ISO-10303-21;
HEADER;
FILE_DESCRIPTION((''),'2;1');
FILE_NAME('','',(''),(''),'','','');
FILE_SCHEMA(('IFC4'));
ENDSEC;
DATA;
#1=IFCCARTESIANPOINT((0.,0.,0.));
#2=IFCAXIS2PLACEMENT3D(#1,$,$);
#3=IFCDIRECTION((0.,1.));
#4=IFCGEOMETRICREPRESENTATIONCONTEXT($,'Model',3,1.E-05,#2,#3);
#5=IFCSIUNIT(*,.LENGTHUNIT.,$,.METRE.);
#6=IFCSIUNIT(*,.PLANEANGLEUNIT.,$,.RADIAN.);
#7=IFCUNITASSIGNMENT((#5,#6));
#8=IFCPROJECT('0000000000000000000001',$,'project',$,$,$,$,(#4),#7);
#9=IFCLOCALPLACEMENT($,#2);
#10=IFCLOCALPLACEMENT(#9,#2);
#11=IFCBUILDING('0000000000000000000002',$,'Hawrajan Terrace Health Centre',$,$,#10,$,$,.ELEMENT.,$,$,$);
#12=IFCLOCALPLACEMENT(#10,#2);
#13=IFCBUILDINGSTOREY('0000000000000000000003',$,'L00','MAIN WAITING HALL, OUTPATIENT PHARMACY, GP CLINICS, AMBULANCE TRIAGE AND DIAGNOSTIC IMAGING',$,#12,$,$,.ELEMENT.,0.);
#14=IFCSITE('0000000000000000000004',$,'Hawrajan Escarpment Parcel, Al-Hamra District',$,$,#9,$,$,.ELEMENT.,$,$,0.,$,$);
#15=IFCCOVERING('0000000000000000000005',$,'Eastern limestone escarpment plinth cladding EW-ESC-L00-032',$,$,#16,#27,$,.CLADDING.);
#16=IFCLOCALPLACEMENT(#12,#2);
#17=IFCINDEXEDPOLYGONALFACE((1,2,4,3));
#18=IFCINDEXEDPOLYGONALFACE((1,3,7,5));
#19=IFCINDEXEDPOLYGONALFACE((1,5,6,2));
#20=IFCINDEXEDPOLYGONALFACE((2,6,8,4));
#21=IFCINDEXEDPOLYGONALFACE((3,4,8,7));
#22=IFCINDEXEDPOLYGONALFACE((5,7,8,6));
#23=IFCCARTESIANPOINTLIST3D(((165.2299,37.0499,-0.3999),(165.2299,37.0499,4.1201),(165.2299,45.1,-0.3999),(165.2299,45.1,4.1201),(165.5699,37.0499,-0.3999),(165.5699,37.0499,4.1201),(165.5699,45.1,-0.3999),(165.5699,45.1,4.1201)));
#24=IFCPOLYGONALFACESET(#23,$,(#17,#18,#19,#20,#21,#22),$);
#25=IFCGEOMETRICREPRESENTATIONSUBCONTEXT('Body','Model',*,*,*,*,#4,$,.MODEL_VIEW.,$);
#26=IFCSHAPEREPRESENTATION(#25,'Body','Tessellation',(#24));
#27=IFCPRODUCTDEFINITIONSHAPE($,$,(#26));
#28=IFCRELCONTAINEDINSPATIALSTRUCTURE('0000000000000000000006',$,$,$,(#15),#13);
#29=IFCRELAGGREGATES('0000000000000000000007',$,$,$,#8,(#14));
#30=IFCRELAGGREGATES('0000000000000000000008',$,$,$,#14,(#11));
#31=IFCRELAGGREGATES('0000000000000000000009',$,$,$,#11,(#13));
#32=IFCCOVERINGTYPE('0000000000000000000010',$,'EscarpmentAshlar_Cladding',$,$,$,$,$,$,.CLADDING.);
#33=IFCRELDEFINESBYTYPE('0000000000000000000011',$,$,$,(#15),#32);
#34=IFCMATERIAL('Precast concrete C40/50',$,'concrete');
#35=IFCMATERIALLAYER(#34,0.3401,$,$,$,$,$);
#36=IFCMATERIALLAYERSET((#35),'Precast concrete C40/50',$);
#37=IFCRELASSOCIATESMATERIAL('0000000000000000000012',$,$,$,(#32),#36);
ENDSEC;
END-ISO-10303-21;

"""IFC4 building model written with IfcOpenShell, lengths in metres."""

from ifc_helpers import new_model, si_unit, direction, frame, frame_2d, origin, place, context, subcontext, project, spatial, rectangle, extrude, material, layer, layer_set, type_object, element, save


model = new_model("IFC4")

# Units and contexts
model_context = context("Model", 3, precision=1e-05, world=origin(), true_north=direction((0.0, 1.0)))
body_context = subcontext(model_context, "Body", "Model", "MODEL_VIEW")
ifc_project = project(units=[si_unit("LENGTHUNIT", "METRE"), si_unit("PLANEANGLEUNIT", "RADIAN")], contexts=[model_context])

# Site, building, storey
site_placement = place(None, origin())
site = spatial("IfcSite", under=ifc_project, at=site_placement, Name="Hawrajan Escarpment Parcel, Al-Hamra District", CompositionType="ELEMENT", RefElevation=0.0)
building_placement = place(site_placement, origin())
building = spatial("IfcBuilding", under=site, at=building_placement, Name="Hawrajan Terrace Health Centre", CompositionType="ELEMENT")
storey_placement = place(building_placement, origin())
storey = spatial("IfcBuildingStorey", under=building, at=storey_placement, Name="L00", Description="MAIN WAITING HALL, OUTPATIENT PHARMACY, GP CLINICS, AMBULANCE TRIAGE AND DIAGNOSTIC IMAGING", CompositionType="ELEMENT", Elevation=0.0)

# Covering
ifc_material_1 = material(Name="Precast concrete C40/50", Category="concrete")
ifc_layer_1 = layer(ifc_material_1, 0.3401)
ifc_layer_set_1 = layer_set([ifc_layer_1], Name="Precast concrete C40/50")
covering_type = type_object("IfcCoveringType", Name="EscarpmentAshlar_Cladding", PredefinedType="CLADDING", material=ifc_layer_set_1)
covering_1_placement = place(storey_placement, frame((165.3999, 37.05, -0.3999), z_axis=(0.0, 0.0, 1.0), x_axis=(0.0, 1.0, 0.0)))
element("IfcCovering", 1, at=covering_1_placement, inside=storey, type_object=covering_type, Name="Eastern limestone escarpment plinth cladding EW-ESC-L00-032", PredefinedType="CLADDING", context=body_context, shape_type="SweptSolid", body=[
    extrude(rectangle(XDim=8.05, YDim=0.3401, at=frame_2d((4.0249, 0.0))), origin(), (0.0, 0.0, 1.0), 4.52),
])

save(model, "model.ifc")
